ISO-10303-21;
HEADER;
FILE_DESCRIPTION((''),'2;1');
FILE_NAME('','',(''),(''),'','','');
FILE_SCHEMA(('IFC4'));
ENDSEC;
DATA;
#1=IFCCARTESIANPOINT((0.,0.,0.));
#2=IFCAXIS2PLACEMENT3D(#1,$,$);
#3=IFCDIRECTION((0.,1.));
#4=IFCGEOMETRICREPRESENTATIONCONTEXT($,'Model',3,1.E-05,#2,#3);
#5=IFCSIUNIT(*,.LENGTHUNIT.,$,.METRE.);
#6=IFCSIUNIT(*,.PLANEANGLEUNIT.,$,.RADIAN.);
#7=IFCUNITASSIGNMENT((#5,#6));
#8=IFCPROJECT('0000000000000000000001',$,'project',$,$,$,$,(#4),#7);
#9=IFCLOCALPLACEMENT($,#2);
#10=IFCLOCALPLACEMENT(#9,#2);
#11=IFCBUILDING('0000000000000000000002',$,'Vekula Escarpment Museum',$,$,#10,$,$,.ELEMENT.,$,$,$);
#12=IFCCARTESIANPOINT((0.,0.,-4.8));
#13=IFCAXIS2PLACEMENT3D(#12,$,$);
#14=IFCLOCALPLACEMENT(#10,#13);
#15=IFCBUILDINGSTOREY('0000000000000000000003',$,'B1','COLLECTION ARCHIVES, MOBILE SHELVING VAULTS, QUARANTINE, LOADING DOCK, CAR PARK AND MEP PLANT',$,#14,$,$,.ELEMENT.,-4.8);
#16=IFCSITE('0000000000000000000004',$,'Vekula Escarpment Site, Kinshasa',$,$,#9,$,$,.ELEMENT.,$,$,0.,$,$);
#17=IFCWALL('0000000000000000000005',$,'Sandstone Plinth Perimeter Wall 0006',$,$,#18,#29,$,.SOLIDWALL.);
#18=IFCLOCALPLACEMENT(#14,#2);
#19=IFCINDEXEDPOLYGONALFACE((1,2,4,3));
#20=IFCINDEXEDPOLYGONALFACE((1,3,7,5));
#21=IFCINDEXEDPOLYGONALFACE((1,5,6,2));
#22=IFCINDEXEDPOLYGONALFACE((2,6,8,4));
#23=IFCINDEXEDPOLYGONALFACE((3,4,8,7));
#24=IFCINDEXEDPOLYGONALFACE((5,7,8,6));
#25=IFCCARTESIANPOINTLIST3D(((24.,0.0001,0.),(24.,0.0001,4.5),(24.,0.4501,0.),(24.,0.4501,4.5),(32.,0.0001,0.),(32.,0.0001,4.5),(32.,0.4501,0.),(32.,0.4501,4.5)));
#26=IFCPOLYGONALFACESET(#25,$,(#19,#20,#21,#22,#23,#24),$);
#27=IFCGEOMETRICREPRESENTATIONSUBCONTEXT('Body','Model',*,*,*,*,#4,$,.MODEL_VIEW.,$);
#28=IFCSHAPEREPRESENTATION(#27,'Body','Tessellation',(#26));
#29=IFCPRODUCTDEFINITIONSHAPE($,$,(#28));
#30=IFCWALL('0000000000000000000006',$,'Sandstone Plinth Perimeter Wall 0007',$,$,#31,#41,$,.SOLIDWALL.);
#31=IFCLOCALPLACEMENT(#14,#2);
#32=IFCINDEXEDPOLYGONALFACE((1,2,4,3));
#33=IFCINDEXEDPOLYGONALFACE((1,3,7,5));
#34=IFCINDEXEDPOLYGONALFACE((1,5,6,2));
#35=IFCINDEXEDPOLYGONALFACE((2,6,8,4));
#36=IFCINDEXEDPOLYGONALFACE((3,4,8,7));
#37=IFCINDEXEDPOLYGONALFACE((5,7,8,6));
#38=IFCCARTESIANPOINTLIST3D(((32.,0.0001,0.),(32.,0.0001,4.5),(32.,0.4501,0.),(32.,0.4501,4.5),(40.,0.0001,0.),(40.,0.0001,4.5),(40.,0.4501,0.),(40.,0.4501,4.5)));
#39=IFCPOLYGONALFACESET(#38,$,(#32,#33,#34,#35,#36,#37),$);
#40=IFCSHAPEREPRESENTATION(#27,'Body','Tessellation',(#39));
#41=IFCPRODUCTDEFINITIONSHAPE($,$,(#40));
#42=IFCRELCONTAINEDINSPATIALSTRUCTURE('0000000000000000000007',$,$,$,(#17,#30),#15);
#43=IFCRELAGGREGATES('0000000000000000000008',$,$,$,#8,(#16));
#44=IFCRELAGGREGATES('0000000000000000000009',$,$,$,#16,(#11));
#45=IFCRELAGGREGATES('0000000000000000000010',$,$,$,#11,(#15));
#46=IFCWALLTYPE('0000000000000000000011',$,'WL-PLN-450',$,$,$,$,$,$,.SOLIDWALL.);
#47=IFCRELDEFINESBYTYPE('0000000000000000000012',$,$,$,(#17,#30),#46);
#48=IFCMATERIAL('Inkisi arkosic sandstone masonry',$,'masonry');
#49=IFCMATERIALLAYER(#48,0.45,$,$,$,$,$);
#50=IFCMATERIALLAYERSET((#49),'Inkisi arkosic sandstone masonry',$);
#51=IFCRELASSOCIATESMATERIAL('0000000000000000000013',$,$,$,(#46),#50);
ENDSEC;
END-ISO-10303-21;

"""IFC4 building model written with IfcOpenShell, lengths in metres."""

from ifc_helpers import new_model, si_unit, direction, frame, frame_2d, origin, place, context, subcontext, project, spatial, rectangle, extrude, material, layer, layer_set, type_object, element, save


model = new_model("IFC4")

# Units and contexts
model_context = context("Model", 3, precision=1e-05, world=origin(), true_north=direction((0.0, 1.0)))
body_context = subcontext(model_context, "Body", "Model", "MODEL_VIEW")
ifc_project = project(units=[si_unit("LENGTHUNIT", "METRE"), si_unit("PLANEANGLEUNIT", "RADIAN")], contexts=[model_context])

# Site, building, storey
site_placement = place(None, origin())
site = spatial("IfcSite", under=ifc_project, at=site_placement, Name="Vekula Escarpment Site, Kinshasa", CompositionType="ELEMENT", RefElevation=0.0)
building_placement = place(site_placement, origin())
building = spatial("IfcBuilding", under=site, at=building_placement, Name="Vekula Escarpment Museum", CompositionType="ELEMENT")
storey_placement = place(building_placement, frame((0.0, 0.0, -4.8)))
storey = spatial("IfcBuildingStorey", under=building, at=storey_placement, Name="B1", Description="COLLECTION ARCHIVES, MOBILE SHELVING VAULTS, QUARANTINE, LOADING DOCK, CAR PARK AND MEP PLANT", CompositionType="ELEMENT", Elevation=-4.8)

# Walls
ifc_material_1 = material(Name="Inkisi arkosic sandstone masonry", Category="masonry")
ifc_layer_1 = layer(ifc_material_1, 0.45)
ifc_layer_set_1 = layer_set([ifc_layer_1], Name="Inkisi arkosic sandstone masonry")
wall_type_1 = type_object("IfcWallType", Name="WL-PLN-450", PredefinedType="SOLIDWALL", material=ifc_layer_set_1)
for number, where, z_axis, x_axis, name in (
    (1, (24.0, 0.2251, 0.0), (0.0, 0.0, 1.0), (1.0, 0.0, 0.0), "Sandstone Plinth Perimeter Wall 0006"),
    (2, (32.0, 0.2251, 0.0), (0.0, 0.0, 1.0), (1.0, 0.0, 0.0), "Sandstone Plinth Perimeter Wall 0007"),
):
    element("IfcWall", number, at=place(storey_placement, frame(where, z_axis=z_axis, x_axis=x_axis)), inside=storey, type_object=wall_type_1, Name=name, PredefinedType="SOLIDWALL", context=body_context, shape_type="SweptSolid", body=[
        extrude(rectangle(XDim=8.0, YDim=0.45, at=frame_2d((4.0, 0.0))), origin(), (0.0, 0.0, 1.0), 4.5),
    ])

save(model, "model.ifc")
